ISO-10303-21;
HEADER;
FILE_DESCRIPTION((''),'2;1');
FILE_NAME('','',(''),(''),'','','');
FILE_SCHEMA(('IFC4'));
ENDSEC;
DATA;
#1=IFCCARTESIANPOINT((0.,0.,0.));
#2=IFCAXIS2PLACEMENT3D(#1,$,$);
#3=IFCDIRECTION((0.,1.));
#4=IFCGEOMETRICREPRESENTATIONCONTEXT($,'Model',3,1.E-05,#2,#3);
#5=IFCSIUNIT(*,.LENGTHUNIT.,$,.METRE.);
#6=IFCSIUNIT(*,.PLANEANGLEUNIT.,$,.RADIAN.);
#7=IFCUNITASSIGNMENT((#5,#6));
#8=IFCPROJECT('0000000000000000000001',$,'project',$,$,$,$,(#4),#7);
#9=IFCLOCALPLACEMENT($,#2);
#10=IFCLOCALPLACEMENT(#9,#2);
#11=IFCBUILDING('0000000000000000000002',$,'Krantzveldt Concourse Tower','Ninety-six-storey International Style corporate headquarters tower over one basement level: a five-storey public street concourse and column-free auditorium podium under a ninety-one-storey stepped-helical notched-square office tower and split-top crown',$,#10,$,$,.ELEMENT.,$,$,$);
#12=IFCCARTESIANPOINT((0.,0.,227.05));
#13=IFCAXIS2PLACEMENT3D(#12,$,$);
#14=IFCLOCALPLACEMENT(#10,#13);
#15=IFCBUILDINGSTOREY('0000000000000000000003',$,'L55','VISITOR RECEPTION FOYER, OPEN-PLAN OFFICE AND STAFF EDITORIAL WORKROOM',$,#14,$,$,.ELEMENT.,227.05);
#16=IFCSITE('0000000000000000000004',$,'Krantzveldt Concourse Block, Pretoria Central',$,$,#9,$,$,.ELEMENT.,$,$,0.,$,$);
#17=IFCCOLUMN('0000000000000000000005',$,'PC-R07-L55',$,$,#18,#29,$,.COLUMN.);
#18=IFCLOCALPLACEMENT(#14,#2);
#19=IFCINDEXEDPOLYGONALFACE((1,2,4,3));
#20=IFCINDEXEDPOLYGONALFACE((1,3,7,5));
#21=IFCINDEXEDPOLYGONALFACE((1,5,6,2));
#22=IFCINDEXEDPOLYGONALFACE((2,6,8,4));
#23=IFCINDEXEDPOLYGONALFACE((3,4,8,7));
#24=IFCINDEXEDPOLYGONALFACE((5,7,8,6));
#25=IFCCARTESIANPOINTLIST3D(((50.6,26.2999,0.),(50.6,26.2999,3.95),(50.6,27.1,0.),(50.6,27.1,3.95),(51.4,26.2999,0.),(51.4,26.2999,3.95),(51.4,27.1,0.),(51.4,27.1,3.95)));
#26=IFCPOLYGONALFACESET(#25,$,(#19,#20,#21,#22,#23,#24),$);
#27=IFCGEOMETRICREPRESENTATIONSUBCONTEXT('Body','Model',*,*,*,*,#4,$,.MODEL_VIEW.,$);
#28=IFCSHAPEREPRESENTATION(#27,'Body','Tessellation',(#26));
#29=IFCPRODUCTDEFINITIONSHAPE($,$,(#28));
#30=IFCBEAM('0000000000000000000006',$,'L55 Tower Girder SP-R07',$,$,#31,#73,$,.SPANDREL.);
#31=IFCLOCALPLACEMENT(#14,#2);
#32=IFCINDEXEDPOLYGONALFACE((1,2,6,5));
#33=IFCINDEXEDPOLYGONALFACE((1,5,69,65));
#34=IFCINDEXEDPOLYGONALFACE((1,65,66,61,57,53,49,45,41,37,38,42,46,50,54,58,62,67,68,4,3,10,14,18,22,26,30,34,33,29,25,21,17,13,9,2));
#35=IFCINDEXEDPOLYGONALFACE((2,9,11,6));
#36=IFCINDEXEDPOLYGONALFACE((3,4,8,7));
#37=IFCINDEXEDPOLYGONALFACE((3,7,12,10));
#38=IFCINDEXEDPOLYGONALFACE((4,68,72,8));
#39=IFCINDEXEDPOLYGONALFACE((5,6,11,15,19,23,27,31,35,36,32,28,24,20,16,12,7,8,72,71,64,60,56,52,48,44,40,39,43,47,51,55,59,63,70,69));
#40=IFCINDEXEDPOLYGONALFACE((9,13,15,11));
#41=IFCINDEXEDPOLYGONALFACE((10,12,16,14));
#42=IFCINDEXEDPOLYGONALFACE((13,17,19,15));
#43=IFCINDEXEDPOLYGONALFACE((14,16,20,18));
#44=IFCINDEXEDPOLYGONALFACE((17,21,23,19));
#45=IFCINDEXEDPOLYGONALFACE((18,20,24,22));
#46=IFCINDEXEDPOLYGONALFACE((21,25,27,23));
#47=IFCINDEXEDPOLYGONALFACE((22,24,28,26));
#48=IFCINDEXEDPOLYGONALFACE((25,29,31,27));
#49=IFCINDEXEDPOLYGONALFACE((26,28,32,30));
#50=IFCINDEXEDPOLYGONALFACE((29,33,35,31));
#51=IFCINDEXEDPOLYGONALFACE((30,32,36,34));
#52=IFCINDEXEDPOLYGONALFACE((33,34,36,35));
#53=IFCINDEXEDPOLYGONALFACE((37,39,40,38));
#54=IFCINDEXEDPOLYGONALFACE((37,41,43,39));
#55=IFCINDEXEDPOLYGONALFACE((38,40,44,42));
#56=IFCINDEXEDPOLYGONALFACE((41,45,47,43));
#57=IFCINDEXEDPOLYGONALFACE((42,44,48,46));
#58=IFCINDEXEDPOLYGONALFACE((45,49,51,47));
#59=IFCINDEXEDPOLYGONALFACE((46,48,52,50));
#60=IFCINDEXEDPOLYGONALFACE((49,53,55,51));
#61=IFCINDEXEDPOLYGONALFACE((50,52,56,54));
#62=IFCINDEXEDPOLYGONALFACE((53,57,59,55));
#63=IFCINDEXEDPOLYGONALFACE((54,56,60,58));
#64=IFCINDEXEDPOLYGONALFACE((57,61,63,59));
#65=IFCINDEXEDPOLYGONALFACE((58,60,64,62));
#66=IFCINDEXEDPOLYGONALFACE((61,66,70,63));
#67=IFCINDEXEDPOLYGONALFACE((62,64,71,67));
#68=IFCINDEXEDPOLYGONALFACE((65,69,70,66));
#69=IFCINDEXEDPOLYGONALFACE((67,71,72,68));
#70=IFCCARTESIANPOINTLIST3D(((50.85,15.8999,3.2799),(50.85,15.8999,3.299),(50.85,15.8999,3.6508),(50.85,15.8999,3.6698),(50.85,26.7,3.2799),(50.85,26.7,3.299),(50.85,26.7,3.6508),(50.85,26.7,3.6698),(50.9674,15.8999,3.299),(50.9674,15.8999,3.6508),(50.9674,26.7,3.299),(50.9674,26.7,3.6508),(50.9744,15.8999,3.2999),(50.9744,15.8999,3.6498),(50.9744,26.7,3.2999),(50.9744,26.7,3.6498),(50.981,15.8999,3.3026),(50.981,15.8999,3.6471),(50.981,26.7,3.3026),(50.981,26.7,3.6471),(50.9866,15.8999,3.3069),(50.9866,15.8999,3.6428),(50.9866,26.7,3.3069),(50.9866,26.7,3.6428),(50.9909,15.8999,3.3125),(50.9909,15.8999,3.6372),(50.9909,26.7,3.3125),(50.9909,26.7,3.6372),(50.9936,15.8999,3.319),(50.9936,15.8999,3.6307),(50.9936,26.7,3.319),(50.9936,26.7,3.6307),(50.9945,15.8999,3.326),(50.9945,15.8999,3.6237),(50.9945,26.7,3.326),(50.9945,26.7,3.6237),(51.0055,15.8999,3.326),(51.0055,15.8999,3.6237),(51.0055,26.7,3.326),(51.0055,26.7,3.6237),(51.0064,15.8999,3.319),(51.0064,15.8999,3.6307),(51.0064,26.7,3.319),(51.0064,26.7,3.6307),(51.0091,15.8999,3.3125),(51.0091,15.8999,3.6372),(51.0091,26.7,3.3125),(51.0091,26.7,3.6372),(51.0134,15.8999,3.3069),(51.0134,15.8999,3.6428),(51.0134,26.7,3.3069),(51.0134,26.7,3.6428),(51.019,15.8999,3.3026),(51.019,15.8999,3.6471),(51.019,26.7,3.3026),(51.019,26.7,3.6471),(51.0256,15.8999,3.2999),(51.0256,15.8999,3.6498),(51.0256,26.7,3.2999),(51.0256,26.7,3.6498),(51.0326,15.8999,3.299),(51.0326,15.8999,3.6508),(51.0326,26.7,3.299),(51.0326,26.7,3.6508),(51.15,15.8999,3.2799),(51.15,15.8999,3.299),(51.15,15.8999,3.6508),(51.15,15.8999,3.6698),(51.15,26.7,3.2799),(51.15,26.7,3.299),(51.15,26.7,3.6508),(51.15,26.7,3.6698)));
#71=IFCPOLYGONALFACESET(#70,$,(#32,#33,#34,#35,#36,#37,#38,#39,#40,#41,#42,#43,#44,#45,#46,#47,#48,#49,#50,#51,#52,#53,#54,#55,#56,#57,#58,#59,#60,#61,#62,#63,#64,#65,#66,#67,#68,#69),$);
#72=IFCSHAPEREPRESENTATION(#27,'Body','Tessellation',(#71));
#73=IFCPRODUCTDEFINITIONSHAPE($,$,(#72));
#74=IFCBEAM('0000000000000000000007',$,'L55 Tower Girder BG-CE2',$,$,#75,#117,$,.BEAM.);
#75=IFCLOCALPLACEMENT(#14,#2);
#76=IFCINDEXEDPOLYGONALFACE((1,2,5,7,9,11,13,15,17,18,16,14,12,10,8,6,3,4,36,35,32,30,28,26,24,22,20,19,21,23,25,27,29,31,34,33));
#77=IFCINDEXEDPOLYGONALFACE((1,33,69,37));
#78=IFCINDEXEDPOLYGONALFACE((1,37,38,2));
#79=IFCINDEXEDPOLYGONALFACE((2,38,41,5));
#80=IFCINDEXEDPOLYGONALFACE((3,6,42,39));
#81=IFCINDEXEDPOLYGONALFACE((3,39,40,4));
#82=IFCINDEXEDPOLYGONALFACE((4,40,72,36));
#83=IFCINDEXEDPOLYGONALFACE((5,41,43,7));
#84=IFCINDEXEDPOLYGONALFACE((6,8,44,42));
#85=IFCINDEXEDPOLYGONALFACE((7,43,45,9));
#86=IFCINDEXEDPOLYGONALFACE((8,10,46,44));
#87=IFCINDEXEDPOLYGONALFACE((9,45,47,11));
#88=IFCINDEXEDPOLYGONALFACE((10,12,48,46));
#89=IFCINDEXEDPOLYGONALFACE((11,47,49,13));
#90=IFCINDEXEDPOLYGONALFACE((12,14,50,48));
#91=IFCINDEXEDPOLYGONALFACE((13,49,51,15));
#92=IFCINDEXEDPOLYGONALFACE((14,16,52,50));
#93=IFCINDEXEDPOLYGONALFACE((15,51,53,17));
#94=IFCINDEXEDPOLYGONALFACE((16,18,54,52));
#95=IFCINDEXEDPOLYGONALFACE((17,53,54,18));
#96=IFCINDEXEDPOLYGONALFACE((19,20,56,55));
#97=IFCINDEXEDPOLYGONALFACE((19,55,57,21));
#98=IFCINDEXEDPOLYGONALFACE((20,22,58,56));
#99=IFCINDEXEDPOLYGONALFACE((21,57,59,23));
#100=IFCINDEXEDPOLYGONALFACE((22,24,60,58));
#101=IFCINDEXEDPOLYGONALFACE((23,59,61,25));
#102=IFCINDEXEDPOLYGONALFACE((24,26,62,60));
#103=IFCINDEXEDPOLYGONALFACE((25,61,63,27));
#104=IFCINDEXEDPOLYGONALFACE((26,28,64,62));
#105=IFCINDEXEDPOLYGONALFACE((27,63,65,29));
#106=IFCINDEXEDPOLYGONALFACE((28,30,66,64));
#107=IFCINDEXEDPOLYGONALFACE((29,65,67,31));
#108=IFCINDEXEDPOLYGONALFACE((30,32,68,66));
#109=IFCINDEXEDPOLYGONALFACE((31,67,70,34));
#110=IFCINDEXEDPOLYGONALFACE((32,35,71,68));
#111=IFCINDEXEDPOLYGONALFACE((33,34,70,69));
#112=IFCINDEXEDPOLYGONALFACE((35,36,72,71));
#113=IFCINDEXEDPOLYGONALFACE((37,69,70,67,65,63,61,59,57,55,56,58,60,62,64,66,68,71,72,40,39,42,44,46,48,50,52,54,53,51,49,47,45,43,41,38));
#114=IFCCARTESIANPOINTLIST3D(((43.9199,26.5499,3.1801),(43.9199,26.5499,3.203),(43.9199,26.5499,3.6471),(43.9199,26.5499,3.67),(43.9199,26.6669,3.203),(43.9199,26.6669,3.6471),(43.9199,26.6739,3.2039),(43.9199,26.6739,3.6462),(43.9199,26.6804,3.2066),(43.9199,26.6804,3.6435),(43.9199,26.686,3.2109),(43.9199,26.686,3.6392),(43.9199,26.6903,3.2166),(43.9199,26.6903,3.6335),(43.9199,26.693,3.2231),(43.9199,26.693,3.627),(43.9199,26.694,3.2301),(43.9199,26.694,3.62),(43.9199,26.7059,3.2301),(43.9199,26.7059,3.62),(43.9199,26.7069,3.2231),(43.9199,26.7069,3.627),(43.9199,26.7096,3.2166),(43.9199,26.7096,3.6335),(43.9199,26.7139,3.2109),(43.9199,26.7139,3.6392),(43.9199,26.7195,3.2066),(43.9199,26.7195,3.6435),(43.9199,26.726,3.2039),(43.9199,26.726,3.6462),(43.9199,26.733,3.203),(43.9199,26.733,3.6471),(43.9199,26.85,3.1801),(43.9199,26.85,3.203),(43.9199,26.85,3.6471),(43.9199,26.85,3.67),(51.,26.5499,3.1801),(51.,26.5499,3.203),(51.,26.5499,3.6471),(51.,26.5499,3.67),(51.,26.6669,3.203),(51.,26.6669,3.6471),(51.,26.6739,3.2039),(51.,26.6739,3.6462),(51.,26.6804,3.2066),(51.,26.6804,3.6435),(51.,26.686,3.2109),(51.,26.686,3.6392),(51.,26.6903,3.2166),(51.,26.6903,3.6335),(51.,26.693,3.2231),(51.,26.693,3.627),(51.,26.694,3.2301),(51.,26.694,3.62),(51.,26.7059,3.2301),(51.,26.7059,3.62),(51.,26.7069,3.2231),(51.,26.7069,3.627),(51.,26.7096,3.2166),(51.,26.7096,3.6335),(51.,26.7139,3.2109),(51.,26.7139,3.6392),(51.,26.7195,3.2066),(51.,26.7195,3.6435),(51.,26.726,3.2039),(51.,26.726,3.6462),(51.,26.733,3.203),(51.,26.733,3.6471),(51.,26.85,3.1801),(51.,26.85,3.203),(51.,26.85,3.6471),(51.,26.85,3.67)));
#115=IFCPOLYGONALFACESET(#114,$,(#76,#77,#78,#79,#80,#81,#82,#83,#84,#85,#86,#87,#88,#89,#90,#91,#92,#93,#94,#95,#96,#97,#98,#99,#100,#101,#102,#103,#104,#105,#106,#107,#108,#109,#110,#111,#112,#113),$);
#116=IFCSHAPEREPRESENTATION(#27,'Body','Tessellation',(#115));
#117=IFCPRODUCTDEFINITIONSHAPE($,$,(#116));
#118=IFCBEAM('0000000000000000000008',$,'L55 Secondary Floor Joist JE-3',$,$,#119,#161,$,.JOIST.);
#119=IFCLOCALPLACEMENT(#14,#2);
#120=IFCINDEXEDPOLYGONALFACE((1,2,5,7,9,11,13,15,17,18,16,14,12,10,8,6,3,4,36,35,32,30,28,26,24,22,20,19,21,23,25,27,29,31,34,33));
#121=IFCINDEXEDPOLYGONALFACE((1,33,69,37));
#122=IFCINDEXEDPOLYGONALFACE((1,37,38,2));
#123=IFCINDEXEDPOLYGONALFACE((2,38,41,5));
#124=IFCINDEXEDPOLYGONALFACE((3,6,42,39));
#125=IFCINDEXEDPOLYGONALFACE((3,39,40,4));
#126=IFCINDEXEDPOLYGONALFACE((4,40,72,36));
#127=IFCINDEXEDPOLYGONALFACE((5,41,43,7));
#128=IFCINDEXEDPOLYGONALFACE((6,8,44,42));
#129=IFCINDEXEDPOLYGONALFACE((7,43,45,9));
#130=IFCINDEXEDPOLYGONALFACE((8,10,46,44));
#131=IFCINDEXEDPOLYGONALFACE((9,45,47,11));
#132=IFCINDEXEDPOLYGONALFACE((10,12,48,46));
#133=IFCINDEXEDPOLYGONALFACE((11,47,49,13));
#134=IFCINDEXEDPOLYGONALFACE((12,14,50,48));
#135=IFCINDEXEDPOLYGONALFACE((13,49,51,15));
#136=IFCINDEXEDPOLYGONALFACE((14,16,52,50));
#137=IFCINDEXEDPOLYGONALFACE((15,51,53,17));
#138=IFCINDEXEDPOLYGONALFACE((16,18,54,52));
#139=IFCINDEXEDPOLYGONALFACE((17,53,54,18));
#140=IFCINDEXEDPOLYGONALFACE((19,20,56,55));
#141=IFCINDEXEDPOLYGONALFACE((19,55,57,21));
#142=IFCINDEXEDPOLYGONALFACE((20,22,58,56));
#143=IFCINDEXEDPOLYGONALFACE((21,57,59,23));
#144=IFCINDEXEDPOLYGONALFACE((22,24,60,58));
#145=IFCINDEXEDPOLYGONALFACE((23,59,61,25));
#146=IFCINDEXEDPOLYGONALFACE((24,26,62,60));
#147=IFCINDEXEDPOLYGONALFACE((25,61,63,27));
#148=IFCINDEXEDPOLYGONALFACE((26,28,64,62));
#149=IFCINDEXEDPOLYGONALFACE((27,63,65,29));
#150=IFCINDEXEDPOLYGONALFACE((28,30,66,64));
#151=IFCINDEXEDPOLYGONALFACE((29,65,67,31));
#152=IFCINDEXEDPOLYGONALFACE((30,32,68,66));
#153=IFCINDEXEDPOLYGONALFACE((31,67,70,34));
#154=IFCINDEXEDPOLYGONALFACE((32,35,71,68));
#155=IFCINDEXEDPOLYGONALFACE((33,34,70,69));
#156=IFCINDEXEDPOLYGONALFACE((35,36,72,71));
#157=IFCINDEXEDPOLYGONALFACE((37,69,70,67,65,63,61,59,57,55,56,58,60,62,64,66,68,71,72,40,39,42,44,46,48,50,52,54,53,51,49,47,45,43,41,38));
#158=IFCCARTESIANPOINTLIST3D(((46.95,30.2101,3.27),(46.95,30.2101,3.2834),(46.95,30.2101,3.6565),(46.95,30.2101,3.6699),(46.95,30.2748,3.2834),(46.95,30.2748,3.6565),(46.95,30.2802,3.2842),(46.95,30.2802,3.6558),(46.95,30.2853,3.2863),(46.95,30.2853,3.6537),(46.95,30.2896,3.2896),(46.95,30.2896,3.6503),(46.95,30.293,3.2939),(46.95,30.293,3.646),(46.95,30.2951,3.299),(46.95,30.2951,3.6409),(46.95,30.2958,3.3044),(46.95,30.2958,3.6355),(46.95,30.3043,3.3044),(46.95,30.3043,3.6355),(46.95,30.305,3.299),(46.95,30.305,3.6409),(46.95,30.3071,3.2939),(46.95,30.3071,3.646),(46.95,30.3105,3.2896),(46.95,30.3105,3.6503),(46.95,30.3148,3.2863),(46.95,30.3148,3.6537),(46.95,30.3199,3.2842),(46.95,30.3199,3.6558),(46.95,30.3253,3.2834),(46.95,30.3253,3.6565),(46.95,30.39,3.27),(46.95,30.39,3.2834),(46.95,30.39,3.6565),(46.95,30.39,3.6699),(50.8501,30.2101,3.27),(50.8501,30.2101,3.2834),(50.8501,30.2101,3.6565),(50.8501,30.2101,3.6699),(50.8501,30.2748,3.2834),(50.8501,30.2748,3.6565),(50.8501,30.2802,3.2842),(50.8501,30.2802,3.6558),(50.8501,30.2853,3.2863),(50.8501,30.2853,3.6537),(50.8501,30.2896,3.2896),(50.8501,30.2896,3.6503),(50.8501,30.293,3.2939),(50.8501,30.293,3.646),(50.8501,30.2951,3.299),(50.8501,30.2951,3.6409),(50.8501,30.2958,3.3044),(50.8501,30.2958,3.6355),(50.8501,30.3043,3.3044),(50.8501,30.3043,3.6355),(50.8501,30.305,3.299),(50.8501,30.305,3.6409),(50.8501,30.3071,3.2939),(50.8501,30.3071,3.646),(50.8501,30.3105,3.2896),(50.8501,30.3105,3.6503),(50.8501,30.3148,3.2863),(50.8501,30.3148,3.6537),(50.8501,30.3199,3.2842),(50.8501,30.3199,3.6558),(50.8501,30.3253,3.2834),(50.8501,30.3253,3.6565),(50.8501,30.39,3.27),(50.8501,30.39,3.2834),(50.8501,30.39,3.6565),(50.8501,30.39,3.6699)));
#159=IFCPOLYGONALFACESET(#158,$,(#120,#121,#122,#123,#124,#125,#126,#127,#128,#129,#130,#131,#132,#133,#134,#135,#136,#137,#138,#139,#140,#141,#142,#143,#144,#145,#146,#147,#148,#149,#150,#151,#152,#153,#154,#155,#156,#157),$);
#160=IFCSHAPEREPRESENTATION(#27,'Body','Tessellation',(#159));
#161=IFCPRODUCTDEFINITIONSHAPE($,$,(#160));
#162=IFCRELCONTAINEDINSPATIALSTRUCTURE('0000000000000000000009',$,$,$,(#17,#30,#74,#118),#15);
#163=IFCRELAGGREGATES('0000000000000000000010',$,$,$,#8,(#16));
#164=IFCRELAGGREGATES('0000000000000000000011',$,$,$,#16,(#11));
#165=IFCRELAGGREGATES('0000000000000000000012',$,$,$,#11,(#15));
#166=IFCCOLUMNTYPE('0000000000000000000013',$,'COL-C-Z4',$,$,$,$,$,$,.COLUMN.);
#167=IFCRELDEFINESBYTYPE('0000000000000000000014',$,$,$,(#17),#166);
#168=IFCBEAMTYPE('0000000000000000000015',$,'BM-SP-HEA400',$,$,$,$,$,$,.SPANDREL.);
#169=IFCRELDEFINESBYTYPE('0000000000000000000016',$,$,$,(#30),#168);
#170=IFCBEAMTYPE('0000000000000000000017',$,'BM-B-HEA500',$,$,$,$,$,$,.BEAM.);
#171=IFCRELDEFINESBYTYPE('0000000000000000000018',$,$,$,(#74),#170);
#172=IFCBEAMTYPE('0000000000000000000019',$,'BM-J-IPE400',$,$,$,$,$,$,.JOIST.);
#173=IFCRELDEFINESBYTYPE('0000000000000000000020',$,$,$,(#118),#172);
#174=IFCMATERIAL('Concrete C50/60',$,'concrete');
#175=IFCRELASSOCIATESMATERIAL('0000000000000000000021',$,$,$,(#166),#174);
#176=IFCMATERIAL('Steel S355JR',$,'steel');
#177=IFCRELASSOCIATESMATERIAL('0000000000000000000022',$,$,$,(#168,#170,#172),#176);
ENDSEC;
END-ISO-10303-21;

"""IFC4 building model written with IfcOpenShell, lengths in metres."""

from ifc_helpers import new_model, si_unit, direction, frame, origin, origin_2d, place, context, subcontext, project, spatial, rectangle, i_section, extrude, source, transform, mapped, material, material_profile, profile_set, type_object, type_shapes, element, save


model = new_model("IFC4")

# Units and contexts
model_context = context("Model", 3, precision=1e-05, world=origin(), true_north=direction((0.0, 1.0)))
body_context = subcontext(model_context, "Body", "Model", "MODEL_VIEW")
ifc_project = project(units=[si_unit("LENGTHUNIT", "METRE"), si_unit("PLANEANGLEUNIT", "RADIAN")], contexts=[model_context])

# Site, building, storey
site_placement = place(None, origin())
site = spatial("IfcSite", under=ifc_project, at=site_placement, Name="Krantzveldt Concourse Block, Pretoria Central", CompositionType="ELEMENT", RefElevation=0.0)
building_placement = place(site_placement, origin())
building = spatial("IfcBuilding", under=site, at=building_placement, Name="Krantzveldt Concourse Tower", Description="Ninety-six-storey International Style corporate headquarters tower over one basement level: a five-storey public street concourse and column-free auditorium podium under a ninety-one-storey stepped-helical notched-square office tower and split-top crown", CompositionType="ELEMENT")
storey_placement = place(building_placement, frame((0.0, 0.0, 227.05)))
storey = spatial("IfcBuildingStorey", under=building, at=storey_placement, Name="L55", Description="VISITOR RECEPTION FOYER, OPEN-PLAN OFFICE AND STAFF EDITORIAL WORKROOM", CompositionType="ELEMENT", Elevation=227.05)

# Column
ifc_material_1 = material(Name="Concrete C50/60", Category="concrete")
ifc_material_profile_1 = material_profile(ifc_material_1, rectangle(XDim=0.8, YDim=0.8, at=origin_2d()), Name="Concrete C50/60", Category="concrete")
ifc_profile_set_1 = profile_set([ifc_material_profile_1], Name="Concrete C50/60 - RC 800x800")
column_type = type_object("IfcColumnType", Name="COL-C-Z4", PredefinedType="COLUMN", material=ifc_profile_set_1)
shared_shape_1 = source(origin(), body_context, "Body", "SweptSolid", [
    extrude(rectangle(XDim=0.8, YDim=0.8, at=origin_2d()), origin(), (0.0, 0.0, 1.0), 3.95),
])
type_shapes(column_type, [shared_shape_1])
column_placement = place(storey_placement, frame((51.0, 26.7, 0.0), z_axis=(0.0, 0.0, 1.0), x_axis=(1.0, 0.0, 0.0)))
element("IfcColumn", 1, at=column_placement, inside=storey, type_object=column_type, Name="PC-R07-L55", PredefinedType="COLUMN", context=body_context, shape_type="MappedRepresentation", body=[
    mapped(shared_shape_1, transform((0.0, 0.0, 0.0), x_axis=(1.0, 0.0, 0.0), y_axis=(0.0, 1.0, 0.0), z_axis=(0.0, 0.0, 1.0), scale=1.0)),
])

# Beams
ifc_material_2 = material(Name="Steel S355JR", Category="steel")
ifc_material_profile_2 = material_profile(ifc_material_2, i_section(OverallWidth=0.3, OverallDepth=0.3899, WebThickness=0.011, FlangeThickness=0.019, FilletRadius=0.0271, at=origin_2d()), Name="Steel S355JR", Category="steel")
ifc_profile_set_2 = profile_set([ifc_material_profile_2], Name="Steel S355JR - HEA 400")
beam_type_1 = type_object("IfcBeamType", Name="BM-SP-HEA400", PredefinedType="SPANDREL", material=ifc_profile_set_2)
shared_shape_2 = source(origin(), body_context, "Body", "SweptSolid", [
    extrude(i_section(OverallWidth=0.3, OverallDepth=0.3899, WebThickness=0.011, FlangeThickness=0.019, FilletRadius=0.0271, at=origin_2d()), origin(), (0.0, 0.0, 1.0), 10.8),
])
type_shapes(beam_type_1, [shared_shape_2])
beam_1_placement = place(storey_placement, frame((51.0, 26.7, 3.4749), z_axis=(0.0, -1.0, 0.0), x_axis=(1.0, 0.0, 0.0)))
element("IfcBeam", 2, at=beam_1_placement, inside=storey, type_object=beam_type_1, Name="L55 Tower Girder SP-R07", PredefinedType="SPANDREL", context=body_context, shape_type="MappedRepresentation", body=[
    mapped(shared_shape_2, transform((0.0, 0.0, 0.0), x_axis=(1.0, 0.0, 0.0), y_axis=(0.0, 1.0, 0.0), z_axis=(0.0, 0.0, 1.0), scale=1.0)),
])
ifc_material_profile_3 = material_profile(ifc_material_2, i_section(OverallWidth=0.3, OverallDepth=0.49, WebThickness=0.012, FlangeThickness=0.0229, FilletRadius=0.0271, at=origin_2d()), Name="Steel S355JR", Category="steel")
ifc_profile_set_3 = profile_set([ifc_material_profile_3], Name="Steel S355JR - HEA 500")
beam_type_2 = type_object("IfcBeamType", Name="BM-B-HEA500", PredefinedType="BEAM", material=ifc_profile_set_3)
shared_shape_3 = source(origin(), body_context, "Body", "SweptSolid", [
    extrude(i_section(OverallWidth=0.3, OverallDepth=0.49, WebThickness=0.012, FlangeThickness=0.0229, FilletRadius=0.0271, at=origin_2d()), origin(), (0.0, 0.0, 1.0), 7.0801),
])
type_shapes(beam_type_2, [shared_shape_3])
beam_2_placement = place(storey_placement, frame((43.9199, 26.7, 3.425), z_axis=(1.0, 0.0, 0.0), x_axis=(0.0, 1.0, 0.0)))
element("IfcBeam", 3, at=beam_2_placement, inside=storey, type_object=beam_type_2, Name="L55 Tower Girder BG-CE2", PredefinedType="BEAM", context=body_context, shape_type="MappedRepresentation", body=[
    mapped(shared_shape_3, transform((0.0, 0.0, 0.0), x_axis=(1.0, 0.0, 0.0), y_axis=(0.0, 1.0, 0.0), z_axis=(0.0, 0.0, 1.0), scale=1.0)),
])
ifc_material_profile_4 = material_profile(ifc_material_2, i_section(OverallWidth=0.1799, OverallDepth=0.3999, WebThickness=0.0085, FlangeThickness=0.0134, FilletRadius=0.021, at=origin_2d()), Name="Steel S355JR", Category="steel")
ifc_profile_set_4 = profile_set([ifc_material_profile_4], Name="Steel S355JR - IPE 400")
beam_type_3 = type_object("IfcBeamType", Name="BM-J-IPE400", PredefinedType="JOIST", material=ifc_profile_set_4)
shared_shape_4 = source(origin(), body_context, "Body", "SweptSolid", [
    extrude(i_section(OverallWidth=0.1799, OverallDepth=0.3999, WebThickness=0.0085, FlangeThickness=0.0134, FilletRadius=0.021, at=origin_2d()), origin(), (0.0, 0.0, 1.0), 3.9001),
])
type_shapes(beam_type_3, [shared_shape_4])
beam_3_placement = place(storey_placement, frame((46.95, 30.3, 3.47), z_axis=(1.0, 0.0, 0.0), x_axis=(0.0, 1.0, 0.0)))
element("IfcBeam", 4, at=beam_3_placement, inside=storey, type_object=beam_type_3, Name="L55 Secondary Floor Joist JE-3", PredefinedType="JOIST", context=body_context, shape_type="MappedRepresentation", body=[
    mapped(shared_shape_4, transform((0.0, 0.0, 0.0), x_axis=(1.0, 0.0, 0.0), y_axis=(0.0, 1.0, 0.0), z_axis=(0.0, 0.0, 1.0), scale=1.0)),
])

save(model, "model.ifc")
